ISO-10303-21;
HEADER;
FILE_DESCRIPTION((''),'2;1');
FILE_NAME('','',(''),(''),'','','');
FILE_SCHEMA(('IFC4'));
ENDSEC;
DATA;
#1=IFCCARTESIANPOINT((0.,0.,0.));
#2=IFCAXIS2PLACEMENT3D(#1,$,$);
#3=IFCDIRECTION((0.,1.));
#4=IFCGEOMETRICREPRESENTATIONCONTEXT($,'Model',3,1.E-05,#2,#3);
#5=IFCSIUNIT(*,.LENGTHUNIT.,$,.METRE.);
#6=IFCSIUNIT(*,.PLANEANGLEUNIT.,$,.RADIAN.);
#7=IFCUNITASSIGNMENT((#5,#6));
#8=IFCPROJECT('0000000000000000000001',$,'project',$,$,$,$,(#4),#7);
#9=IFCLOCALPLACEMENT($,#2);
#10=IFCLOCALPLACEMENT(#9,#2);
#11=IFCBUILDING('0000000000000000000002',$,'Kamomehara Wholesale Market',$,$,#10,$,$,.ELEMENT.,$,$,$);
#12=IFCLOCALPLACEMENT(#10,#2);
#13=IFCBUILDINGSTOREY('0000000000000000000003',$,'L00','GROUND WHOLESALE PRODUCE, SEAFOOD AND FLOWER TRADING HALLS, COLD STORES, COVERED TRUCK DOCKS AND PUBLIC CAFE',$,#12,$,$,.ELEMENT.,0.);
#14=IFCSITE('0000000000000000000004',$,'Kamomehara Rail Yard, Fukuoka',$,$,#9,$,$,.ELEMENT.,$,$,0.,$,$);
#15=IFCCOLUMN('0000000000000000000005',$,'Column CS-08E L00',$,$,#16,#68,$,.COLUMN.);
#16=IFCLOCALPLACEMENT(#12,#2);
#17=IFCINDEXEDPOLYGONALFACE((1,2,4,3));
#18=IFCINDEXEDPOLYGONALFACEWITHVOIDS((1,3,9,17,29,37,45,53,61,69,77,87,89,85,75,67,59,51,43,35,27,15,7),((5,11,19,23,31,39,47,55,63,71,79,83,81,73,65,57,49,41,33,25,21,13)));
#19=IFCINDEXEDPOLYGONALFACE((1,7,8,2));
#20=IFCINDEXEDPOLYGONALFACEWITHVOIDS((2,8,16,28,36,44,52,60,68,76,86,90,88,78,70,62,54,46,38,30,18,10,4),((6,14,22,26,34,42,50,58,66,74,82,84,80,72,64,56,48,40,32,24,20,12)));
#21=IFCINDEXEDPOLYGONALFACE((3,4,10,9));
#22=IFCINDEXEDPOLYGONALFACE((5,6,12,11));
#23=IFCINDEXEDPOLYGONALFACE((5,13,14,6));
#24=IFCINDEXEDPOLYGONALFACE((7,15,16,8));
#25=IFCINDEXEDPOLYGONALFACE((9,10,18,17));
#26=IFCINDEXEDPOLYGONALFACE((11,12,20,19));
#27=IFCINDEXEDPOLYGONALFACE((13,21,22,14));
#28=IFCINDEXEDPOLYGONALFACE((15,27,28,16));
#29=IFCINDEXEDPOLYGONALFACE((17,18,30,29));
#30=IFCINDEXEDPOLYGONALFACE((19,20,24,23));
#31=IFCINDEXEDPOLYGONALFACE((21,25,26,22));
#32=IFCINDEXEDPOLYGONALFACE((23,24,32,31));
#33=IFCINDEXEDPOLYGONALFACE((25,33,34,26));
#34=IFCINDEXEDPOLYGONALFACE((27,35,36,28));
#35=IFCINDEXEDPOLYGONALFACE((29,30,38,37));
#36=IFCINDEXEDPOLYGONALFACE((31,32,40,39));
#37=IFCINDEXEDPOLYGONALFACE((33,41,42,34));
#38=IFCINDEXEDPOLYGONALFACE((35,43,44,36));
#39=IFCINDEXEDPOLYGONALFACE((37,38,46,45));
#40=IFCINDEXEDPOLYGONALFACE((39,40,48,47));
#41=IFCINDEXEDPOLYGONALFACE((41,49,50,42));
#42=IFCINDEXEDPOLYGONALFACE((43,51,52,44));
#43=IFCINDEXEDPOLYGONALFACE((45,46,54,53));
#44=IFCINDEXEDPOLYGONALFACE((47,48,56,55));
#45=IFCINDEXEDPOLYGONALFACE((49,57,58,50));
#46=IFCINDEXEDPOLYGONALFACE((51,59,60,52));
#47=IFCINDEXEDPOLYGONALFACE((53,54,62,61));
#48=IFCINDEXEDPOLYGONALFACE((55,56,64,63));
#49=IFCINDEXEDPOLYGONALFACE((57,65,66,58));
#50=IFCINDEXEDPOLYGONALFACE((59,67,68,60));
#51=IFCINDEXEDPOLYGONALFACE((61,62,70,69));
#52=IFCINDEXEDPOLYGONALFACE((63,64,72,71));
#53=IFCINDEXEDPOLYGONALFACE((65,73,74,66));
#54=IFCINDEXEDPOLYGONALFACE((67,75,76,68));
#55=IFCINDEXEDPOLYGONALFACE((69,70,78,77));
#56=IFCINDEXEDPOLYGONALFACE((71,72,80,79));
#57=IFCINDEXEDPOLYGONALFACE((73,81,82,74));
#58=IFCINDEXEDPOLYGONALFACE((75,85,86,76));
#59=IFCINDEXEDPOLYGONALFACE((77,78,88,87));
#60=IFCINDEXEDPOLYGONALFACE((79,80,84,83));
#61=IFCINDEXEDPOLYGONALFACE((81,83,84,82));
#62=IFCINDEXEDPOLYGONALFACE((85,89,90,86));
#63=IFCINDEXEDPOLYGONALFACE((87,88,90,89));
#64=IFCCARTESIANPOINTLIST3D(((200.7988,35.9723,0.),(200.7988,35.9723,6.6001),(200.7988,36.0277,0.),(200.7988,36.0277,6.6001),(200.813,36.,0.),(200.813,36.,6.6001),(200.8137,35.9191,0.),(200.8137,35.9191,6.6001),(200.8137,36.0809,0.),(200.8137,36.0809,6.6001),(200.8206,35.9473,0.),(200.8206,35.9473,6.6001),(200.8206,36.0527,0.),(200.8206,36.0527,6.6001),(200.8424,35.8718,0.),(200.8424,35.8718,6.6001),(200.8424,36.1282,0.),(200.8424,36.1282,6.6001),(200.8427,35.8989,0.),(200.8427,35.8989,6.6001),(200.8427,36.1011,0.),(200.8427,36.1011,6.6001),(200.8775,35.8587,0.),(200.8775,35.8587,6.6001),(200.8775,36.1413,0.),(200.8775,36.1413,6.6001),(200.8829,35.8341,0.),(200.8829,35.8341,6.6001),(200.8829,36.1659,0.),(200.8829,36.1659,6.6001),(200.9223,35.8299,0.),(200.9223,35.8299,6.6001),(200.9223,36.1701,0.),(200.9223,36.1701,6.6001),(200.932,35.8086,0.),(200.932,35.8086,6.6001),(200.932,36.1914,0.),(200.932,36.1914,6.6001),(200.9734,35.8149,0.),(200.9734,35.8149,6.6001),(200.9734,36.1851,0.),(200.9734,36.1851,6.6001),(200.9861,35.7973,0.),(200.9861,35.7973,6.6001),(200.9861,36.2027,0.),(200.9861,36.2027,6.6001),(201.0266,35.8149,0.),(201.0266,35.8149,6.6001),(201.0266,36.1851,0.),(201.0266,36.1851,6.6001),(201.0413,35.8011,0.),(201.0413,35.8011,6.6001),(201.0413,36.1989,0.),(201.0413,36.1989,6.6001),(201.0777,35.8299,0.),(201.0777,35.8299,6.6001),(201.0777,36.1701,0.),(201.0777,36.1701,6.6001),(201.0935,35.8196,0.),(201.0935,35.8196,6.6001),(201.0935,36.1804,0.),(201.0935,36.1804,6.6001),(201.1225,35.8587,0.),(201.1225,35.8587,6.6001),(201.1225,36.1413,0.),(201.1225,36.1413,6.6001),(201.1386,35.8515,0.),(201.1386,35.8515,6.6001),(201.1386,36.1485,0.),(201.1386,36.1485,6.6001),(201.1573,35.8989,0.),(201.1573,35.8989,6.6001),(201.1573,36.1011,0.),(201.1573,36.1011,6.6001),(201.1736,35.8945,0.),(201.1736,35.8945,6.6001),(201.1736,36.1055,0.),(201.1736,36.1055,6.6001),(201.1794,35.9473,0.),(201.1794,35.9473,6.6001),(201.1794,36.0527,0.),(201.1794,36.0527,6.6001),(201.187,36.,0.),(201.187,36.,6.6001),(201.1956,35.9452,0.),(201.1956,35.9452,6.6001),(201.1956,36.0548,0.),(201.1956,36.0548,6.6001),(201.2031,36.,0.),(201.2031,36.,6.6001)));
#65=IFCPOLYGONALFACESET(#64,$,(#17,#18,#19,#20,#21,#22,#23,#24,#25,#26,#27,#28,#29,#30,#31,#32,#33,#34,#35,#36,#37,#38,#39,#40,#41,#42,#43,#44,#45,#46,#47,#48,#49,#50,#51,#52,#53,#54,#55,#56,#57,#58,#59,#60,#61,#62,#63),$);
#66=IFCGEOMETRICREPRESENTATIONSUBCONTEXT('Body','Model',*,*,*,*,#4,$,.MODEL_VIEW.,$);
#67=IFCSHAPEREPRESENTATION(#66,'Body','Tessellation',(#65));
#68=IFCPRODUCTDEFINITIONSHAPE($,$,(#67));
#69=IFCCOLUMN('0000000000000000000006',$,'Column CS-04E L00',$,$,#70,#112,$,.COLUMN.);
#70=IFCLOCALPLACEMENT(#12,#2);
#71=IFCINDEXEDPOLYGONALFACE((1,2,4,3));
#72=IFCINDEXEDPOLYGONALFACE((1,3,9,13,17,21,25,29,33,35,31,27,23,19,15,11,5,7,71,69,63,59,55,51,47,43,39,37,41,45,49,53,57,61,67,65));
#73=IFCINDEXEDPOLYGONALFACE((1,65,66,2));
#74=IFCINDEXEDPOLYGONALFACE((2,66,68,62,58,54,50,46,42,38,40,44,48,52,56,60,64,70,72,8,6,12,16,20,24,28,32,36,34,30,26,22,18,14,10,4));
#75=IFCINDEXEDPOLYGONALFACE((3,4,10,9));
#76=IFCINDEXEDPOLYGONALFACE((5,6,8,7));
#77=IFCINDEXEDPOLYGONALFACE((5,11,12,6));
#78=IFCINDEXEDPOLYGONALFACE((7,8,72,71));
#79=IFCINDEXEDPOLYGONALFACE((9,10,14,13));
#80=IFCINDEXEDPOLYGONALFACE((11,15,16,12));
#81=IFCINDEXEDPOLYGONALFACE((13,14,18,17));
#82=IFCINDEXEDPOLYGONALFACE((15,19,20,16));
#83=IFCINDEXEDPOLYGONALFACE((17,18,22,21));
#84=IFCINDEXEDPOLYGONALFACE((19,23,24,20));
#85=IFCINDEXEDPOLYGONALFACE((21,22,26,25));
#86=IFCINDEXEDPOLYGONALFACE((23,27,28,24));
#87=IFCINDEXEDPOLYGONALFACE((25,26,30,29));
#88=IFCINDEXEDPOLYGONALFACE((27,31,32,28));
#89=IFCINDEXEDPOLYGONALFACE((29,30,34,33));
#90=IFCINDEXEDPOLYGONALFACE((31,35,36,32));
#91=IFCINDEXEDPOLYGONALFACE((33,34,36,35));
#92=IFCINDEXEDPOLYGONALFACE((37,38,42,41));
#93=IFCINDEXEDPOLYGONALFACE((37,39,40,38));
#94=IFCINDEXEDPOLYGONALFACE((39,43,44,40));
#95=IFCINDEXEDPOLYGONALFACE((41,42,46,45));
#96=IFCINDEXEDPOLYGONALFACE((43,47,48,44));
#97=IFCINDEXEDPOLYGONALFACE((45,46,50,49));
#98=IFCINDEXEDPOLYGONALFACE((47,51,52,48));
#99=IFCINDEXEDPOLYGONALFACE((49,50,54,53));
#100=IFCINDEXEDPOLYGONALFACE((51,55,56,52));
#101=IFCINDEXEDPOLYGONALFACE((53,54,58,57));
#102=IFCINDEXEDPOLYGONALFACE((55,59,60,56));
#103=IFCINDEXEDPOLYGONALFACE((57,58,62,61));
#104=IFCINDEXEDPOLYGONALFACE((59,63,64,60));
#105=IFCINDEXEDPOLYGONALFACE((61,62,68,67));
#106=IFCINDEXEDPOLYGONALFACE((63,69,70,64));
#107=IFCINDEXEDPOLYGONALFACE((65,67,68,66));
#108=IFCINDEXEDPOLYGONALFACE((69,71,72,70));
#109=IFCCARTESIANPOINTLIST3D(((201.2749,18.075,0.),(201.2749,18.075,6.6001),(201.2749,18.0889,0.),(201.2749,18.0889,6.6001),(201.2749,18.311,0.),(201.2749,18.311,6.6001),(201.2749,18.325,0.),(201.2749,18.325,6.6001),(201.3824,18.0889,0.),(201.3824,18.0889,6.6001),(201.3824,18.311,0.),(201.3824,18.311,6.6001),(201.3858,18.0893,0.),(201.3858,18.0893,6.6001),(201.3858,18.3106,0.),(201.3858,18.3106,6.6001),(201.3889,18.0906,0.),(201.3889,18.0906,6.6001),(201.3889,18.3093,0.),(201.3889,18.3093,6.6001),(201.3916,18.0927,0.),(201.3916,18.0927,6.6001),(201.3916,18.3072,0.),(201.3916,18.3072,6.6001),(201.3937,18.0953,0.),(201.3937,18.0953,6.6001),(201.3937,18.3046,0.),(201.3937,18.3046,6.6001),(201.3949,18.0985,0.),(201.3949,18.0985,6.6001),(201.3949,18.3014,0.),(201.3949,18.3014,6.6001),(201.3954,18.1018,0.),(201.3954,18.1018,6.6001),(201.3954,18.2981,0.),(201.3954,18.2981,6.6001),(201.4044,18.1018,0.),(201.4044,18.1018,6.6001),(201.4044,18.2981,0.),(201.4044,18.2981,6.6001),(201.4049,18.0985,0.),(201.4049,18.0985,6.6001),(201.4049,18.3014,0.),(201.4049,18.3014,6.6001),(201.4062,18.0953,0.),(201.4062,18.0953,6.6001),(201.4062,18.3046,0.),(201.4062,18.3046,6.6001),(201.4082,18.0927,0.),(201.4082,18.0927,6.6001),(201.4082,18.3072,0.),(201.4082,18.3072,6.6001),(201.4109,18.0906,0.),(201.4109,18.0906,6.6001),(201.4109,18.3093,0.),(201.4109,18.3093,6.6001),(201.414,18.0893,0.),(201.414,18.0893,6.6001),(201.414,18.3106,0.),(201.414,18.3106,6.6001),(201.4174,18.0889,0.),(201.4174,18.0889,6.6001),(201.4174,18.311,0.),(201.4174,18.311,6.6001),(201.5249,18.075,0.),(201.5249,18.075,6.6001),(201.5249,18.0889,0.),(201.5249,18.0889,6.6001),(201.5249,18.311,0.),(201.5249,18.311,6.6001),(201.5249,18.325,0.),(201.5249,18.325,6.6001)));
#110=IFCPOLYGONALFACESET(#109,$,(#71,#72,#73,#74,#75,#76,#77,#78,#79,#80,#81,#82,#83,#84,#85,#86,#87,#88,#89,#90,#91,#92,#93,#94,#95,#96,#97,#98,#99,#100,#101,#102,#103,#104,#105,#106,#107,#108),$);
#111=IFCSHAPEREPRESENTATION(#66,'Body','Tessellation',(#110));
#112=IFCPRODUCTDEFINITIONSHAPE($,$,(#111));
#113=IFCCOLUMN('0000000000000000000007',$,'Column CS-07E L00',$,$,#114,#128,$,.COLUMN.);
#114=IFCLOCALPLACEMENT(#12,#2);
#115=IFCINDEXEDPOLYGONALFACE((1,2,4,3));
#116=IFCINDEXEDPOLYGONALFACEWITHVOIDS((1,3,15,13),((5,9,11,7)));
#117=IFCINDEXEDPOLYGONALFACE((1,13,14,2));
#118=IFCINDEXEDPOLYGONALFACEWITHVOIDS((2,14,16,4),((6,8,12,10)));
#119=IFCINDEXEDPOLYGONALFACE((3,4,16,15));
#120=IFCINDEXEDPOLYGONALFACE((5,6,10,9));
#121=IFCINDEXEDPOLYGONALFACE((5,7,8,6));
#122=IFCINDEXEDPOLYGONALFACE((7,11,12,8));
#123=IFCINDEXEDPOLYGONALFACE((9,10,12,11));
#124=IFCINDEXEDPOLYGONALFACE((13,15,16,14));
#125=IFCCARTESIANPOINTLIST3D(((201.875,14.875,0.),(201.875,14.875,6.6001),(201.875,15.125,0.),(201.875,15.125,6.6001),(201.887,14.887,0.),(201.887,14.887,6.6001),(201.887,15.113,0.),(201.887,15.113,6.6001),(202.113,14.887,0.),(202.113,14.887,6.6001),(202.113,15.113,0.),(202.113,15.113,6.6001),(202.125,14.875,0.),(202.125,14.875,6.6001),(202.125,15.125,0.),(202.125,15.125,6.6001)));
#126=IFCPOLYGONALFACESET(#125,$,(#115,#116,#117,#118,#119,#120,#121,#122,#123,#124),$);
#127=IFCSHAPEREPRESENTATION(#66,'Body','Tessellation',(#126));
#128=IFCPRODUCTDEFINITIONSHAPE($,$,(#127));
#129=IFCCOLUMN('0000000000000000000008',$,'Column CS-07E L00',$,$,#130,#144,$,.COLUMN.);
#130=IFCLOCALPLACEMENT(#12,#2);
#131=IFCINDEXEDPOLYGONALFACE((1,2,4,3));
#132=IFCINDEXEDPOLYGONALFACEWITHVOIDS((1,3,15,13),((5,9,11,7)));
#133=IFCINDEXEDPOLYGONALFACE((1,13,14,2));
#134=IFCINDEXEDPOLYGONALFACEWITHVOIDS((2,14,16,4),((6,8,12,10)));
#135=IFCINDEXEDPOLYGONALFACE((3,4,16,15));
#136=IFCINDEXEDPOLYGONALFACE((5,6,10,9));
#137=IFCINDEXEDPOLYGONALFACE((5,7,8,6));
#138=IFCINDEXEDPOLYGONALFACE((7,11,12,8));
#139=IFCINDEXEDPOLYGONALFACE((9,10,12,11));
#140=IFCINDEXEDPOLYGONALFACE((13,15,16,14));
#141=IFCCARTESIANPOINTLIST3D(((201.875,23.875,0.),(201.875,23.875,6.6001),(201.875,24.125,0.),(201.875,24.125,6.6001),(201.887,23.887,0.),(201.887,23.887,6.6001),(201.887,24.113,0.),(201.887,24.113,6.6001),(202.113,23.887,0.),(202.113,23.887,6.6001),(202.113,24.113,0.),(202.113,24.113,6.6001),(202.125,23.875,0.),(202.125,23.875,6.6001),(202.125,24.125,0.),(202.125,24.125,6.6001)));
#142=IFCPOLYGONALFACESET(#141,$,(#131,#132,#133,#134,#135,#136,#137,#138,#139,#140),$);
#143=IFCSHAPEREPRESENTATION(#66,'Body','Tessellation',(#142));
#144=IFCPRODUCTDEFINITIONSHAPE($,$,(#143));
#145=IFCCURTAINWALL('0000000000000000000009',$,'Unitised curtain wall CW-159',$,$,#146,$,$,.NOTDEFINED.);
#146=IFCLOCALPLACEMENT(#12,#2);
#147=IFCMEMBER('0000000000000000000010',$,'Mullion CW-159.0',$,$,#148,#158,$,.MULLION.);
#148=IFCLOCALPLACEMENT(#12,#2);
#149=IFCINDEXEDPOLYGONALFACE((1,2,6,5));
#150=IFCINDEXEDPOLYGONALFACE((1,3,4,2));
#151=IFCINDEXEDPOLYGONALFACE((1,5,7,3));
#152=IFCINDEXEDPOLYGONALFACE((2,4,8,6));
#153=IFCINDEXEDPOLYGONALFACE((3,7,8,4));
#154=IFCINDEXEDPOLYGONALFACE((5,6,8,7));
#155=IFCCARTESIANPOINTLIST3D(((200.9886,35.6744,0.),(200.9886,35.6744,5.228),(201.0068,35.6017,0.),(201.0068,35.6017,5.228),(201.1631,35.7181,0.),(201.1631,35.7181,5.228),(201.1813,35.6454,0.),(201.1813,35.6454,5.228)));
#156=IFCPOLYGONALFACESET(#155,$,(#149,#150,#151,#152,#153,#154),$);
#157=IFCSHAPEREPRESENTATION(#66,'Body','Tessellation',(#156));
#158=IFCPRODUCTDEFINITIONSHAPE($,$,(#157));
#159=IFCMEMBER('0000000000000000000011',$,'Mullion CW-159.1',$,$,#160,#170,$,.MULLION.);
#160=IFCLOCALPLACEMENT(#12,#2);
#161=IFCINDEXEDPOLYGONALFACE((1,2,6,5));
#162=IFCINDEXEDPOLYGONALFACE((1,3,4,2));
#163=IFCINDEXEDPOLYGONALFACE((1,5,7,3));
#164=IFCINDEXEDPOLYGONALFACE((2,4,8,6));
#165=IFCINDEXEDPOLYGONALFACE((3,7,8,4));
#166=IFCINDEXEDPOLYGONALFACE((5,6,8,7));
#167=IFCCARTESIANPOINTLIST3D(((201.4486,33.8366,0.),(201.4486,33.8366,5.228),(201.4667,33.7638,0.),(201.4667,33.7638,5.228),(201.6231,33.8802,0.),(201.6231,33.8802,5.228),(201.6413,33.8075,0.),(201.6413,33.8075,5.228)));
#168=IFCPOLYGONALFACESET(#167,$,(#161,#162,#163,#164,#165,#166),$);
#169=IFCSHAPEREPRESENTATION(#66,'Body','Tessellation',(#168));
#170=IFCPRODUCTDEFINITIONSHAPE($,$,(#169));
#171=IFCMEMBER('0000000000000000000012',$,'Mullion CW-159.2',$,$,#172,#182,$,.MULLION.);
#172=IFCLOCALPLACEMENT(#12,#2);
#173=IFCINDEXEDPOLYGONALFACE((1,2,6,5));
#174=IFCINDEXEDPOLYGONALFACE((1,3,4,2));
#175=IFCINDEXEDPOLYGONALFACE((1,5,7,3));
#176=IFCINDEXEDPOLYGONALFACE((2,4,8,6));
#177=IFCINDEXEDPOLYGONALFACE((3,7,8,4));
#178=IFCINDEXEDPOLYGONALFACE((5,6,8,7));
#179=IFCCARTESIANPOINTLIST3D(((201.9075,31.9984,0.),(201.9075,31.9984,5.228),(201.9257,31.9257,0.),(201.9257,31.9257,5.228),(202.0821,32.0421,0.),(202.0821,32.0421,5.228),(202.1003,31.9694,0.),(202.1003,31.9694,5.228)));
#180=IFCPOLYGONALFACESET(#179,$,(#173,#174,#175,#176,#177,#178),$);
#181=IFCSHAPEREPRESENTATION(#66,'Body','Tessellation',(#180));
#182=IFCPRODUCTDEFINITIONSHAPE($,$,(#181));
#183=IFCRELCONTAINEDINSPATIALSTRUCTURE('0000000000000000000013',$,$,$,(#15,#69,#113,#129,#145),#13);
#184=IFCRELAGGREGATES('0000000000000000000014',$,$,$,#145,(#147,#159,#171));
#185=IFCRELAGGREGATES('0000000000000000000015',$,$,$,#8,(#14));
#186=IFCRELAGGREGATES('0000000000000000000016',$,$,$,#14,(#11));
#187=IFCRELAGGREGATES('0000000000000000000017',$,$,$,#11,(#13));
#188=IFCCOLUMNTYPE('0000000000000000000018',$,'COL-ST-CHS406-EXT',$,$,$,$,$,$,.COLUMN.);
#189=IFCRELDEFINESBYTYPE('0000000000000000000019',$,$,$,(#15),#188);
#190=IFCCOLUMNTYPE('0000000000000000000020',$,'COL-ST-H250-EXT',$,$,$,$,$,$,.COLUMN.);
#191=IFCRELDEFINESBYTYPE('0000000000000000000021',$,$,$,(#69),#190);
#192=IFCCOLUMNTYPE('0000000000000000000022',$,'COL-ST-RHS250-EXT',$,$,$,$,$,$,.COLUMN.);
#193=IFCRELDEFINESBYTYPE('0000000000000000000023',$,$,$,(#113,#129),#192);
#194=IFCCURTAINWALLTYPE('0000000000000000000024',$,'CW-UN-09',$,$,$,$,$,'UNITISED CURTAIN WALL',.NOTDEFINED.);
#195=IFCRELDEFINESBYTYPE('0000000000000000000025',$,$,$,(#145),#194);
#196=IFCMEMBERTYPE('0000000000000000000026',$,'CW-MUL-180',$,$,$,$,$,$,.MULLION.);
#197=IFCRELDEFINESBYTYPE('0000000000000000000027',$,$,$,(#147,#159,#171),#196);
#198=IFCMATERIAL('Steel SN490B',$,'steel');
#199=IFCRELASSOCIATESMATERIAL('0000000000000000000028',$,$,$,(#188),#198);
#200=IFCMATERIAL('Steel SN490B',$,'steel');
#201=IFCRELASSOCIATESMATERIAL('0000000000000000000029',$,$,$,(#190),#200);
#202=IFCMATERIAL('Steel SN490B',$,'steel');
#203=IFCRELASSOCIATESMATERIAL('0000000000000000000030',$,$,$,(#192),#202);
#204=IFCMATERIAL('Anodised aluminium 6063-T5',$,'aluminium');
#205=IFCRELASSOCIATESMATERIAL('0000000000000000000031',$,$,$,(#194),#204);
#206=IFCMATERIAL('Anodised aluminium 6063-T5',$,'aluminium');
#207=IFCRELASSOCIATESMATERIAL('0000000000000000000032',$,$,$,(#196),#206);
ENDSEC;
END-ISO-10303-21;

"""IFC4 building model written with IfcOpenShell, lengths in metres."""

from ifc_helpers import new_model, si_unit, direction, frame, origin, origin_2d, place, context, subcontext, project, spatial, rectangle, hollow_rectangle, hollow_circle, i_section, extrude, material, material_profile, profile_set, type_object, element, aggregate, save


model = new_model("IFC4")

# Units and contexts
model_context = context("Model", 3, precision=1e-05, world=origin(), true_north=direction((0.0, 1.0)))
body_context = subcontext(model_context, "Body", "Model", "MODEL_VIEW")
ifc_project = project(units=[si_unit("LENGTHUNIT", "METRE"), si_unit("PLANEANGLEUNIT", "RADIAN")], contexts=[model_context])

# Site, building, storey
site_placement = place(None, origin())
site = spatial("IfcSite", under=ifc_project, at=site_placement, Name="Kamomehara Rail Yard, Fukuoka", CompositionType="ELEMENT", RefElevation=0.0)
building_placement = place(site_placement, origin())
building = spatial("IfcBuilding", under=site, at=building_placement, Name="Kamomehara Wholesale Market", CompositionType="ELEMENT")
storey_placement = place(building_placement, origin())
storey = spatial("IfcBuildingStorey", under=building, at=storey_placement, Name="L00", Description="GROUND WHOLESALE PRODUCE, SEAFOOD AND FLOWER TRADING HALLS, COLD STORES, COVERED TRUCK DOCKS AND PUBLIC CAFE", CompositionType="ELEMENT", Elevation=0.0)

# Columns
ifc_material_1 = material(Name="Steel SN490B", Category="steel")
ifc_material_profile_1 = material_profile(ifc_material_1, hollow_circle(Radius=0.2031, WallThickness=0.0161, at=origin_2d()), Name="CHS-406.4x16.0")
ifc_profile_set_1 = profile_set([ifc_material_profile_1], Name="Steel SN490B")
column_type_1 = type_object("IfcColumnType", Name="COL-ST-CHS406-EXT", PredefinedType="COLUMN", material=ifc_profile_set_1)
column_1_placement = place(storey_placement, frame((201.0, 36.0, 0.0), z_axis=(0.0, 0.0, 1.0), x_axis=(1.0, 0.0, 0.0)))
element("IfcColumn", 1, at=column_1_placement, inside=storey, type_object=column_type_1, Name="Column CS-08E L00", PredefinedType="COLUMN", context=body_context, shape_type="SweptSolid", body=[
    extrude(hollow_circle(Radius=0.2031, WallThickness=0.0161, at=origin_2d()), origin(), (0.0, 0.0, 1.0), 6.6001),
])
ifc_material_2 = material(Name="Steel SN490B", Category="steel")
ifc_material_profile_2 = material_profile(ifc_material_2, i_section(OverallWidth=0.25, OverallDepth=0.25, WebThickness=0.009, FlangeThickness=0.0139, FilletRadius=0.0129, at=origin_2d()), Name="H-250x250x9x14")
ifc_profile_set_2 = profile_set([ifc_material_profile_2], Name="Steel SN490B")
column_type_2 = type_object("IfcColumnType", Name="COL-ST-H250-EXT", PredefinedType="COLUMN", material=ifc_profile_set_2)
column_2_placement = place(storey_placement, frame((201.3999, 18.2, 0.0), z_axis=(0.0, 0.0, 1.0), x_axis=(1.0, 0.0, 0.0)))
element("IfcColumn", 2, at=column_2_placement, inside=storey, type_object=column_type_2, Name="Column CS-04E L00", PredefinedType="COLUMN", context=body_context, shape_type="SweptSolid", body=[
    extrude(i_section(OverallWidth=0.25, OverallDepth=0.25, WebThickness=0.009, FlangeThickness=0.0139, FilletRadius=0.0129, at=origin_2d()), origin(), (0.0, 0.0, 1.0), 6.6001),
])
ifc_material_3 = material(Name="Steel SN490B", Category="steel")
ifc_material_profile_3 = material_profile(ifc_material_3, hollow_rectangle(XDim=0.25, YDim=0.25, WallThickness=0.012, at=origin_2d()), Name="RHS-250x250x12")
ifc_profile_set_3 = profile_set([ifc_material_profile_3], Name="Steel SN490B")
column_type_3 = type_object("IfcColumnType", Name="COL-ST-RHS250-EXT", PredefinedType="COLUMN", material=ifc_profile_set_3)
for number, where, z_axis, x_axis, name in (
    (3, (202.0, 15.0, 0.0), (0.0, 0.0, 1.0), (1.0, 0.0, 0.0), "Column CS-07E L00"),
    (4, (202.0, 24.0, 0.0), (0.0, 0.0, 1.0), (1.0, 0.0, 0.0), "Column CS-07E L00"),
):
    element("IfcColumn", number, at=place(storey_placement, frame(where, z_axis=z_axis, x_axis=x_axis)), inside=storey, type_object=column_type_3, Name=name, PredefinedType="COLUMN", context=body_context, shape_type="SweptSolid", body=[
        extrude(hollow_rectangle(XDim=0.25, YDim=0.25, WallThickness=0.012, at=origin_2d()), origin(), (0.0, 0.0, 1.0), 6.6001),
    ])

# Curtain wall, members
ifc_material_4 = material(Name="Anodised aluminium 6063-T5", Category="aluminium")
curtain_wall_type = type_object("IfcCurtainWallType", Name="CW-UN-09", ElementType="UNITISED CURTAIN WALL", PredefinedType="NOTDEFINED", material=ifc_material_4)
curtain_wall_placement = place(storey_placement, origin())
curtain_wall = element("IfcCurtainWall", 5, at=curtain_wall_placement, inside=storey, type_object=curtain_wall_type, Name="Unitised curtain wall CW-159", PredefinedType="NOTDEFINED")
ifc_material_5 = material(Name="Anodised aluminium 6063-T5", Category="aluminium")
ifc_material_profile_4 = material_profile(ifc_material_5, rectangle(XDim=0.075, YDim=0.1799, at=origin_2d()), Name="ALU-MUL-75x180")
ifc_profile_set_4 = profile_set([ifc_material_profile_4], Name="Anodised aluminium 6063-T5")
member_type_1 = type_object("IfcMemberType", Name="CW-MUL-180", PredefinedType="MULLION", material=ifc_profile_set_4)
member_1_placement = place(storey_placement, frame((201.085, 35.6599, 0.0), z_axis=(0.0, 0.0, 1.0), x_axis=(0.242618, -0.970122, 0.0)))
member_1 = element("IfcMember", 6, at=member_1_placement, type_object=member_type_1, Name="Mullion CW-159.0", PredefinedType="MULLION", context=body_context, shape_type="SweptSolid", body=[
    extrude(rectangle(XDim=0.075, YDim=0.1799, at=origin_2d()), origin(), (0.0, 0.0, 1.0), 5.228),
])
member_2_placement = place(storey_placement, frame((201.5449, 33.822, 0.0), z_axis=(0.0, 0.0, 1.0), x_axis=(0.242618, -0.970122, 0.0)))
member_2 = element("IfcMember", 7, at=member_2_placement, type_object=member_type_1, Name="Mullion CW-159.1", PredefinedType="MULLION", context=body_context, shape_type="SweptSolid", body=[
    extrude(rectangle(XDim=0.075, YDim=0.1799, at=origin_2d()), origin(), (0.0, 0.0, 1.0), 5.228),
])
member_3_placement = place(storey_placement, frame((202.0039, 31.9839, 0.0), z_axis=(0.0, 0.0, 1.0), x_axis=(0.242618, -0.970122, 0.0)))
member_3 = element("IfcMember", 8, at=member_3_placement, type_object=member_type_1, Name="Mullion CW-159.2", PredefinedType="MULLION", context=body_context, shape_type="SweptSolid", body=[
    extrude(rectangle(XDim=0.075, YDim=0.1799, at=origin_2d()), origin(), (0.0, 0.0, 1.0), 5.228),
])
aggregate(curtain_wall, [member_1, member_2, member_3])

save(model, "model.ifc")
